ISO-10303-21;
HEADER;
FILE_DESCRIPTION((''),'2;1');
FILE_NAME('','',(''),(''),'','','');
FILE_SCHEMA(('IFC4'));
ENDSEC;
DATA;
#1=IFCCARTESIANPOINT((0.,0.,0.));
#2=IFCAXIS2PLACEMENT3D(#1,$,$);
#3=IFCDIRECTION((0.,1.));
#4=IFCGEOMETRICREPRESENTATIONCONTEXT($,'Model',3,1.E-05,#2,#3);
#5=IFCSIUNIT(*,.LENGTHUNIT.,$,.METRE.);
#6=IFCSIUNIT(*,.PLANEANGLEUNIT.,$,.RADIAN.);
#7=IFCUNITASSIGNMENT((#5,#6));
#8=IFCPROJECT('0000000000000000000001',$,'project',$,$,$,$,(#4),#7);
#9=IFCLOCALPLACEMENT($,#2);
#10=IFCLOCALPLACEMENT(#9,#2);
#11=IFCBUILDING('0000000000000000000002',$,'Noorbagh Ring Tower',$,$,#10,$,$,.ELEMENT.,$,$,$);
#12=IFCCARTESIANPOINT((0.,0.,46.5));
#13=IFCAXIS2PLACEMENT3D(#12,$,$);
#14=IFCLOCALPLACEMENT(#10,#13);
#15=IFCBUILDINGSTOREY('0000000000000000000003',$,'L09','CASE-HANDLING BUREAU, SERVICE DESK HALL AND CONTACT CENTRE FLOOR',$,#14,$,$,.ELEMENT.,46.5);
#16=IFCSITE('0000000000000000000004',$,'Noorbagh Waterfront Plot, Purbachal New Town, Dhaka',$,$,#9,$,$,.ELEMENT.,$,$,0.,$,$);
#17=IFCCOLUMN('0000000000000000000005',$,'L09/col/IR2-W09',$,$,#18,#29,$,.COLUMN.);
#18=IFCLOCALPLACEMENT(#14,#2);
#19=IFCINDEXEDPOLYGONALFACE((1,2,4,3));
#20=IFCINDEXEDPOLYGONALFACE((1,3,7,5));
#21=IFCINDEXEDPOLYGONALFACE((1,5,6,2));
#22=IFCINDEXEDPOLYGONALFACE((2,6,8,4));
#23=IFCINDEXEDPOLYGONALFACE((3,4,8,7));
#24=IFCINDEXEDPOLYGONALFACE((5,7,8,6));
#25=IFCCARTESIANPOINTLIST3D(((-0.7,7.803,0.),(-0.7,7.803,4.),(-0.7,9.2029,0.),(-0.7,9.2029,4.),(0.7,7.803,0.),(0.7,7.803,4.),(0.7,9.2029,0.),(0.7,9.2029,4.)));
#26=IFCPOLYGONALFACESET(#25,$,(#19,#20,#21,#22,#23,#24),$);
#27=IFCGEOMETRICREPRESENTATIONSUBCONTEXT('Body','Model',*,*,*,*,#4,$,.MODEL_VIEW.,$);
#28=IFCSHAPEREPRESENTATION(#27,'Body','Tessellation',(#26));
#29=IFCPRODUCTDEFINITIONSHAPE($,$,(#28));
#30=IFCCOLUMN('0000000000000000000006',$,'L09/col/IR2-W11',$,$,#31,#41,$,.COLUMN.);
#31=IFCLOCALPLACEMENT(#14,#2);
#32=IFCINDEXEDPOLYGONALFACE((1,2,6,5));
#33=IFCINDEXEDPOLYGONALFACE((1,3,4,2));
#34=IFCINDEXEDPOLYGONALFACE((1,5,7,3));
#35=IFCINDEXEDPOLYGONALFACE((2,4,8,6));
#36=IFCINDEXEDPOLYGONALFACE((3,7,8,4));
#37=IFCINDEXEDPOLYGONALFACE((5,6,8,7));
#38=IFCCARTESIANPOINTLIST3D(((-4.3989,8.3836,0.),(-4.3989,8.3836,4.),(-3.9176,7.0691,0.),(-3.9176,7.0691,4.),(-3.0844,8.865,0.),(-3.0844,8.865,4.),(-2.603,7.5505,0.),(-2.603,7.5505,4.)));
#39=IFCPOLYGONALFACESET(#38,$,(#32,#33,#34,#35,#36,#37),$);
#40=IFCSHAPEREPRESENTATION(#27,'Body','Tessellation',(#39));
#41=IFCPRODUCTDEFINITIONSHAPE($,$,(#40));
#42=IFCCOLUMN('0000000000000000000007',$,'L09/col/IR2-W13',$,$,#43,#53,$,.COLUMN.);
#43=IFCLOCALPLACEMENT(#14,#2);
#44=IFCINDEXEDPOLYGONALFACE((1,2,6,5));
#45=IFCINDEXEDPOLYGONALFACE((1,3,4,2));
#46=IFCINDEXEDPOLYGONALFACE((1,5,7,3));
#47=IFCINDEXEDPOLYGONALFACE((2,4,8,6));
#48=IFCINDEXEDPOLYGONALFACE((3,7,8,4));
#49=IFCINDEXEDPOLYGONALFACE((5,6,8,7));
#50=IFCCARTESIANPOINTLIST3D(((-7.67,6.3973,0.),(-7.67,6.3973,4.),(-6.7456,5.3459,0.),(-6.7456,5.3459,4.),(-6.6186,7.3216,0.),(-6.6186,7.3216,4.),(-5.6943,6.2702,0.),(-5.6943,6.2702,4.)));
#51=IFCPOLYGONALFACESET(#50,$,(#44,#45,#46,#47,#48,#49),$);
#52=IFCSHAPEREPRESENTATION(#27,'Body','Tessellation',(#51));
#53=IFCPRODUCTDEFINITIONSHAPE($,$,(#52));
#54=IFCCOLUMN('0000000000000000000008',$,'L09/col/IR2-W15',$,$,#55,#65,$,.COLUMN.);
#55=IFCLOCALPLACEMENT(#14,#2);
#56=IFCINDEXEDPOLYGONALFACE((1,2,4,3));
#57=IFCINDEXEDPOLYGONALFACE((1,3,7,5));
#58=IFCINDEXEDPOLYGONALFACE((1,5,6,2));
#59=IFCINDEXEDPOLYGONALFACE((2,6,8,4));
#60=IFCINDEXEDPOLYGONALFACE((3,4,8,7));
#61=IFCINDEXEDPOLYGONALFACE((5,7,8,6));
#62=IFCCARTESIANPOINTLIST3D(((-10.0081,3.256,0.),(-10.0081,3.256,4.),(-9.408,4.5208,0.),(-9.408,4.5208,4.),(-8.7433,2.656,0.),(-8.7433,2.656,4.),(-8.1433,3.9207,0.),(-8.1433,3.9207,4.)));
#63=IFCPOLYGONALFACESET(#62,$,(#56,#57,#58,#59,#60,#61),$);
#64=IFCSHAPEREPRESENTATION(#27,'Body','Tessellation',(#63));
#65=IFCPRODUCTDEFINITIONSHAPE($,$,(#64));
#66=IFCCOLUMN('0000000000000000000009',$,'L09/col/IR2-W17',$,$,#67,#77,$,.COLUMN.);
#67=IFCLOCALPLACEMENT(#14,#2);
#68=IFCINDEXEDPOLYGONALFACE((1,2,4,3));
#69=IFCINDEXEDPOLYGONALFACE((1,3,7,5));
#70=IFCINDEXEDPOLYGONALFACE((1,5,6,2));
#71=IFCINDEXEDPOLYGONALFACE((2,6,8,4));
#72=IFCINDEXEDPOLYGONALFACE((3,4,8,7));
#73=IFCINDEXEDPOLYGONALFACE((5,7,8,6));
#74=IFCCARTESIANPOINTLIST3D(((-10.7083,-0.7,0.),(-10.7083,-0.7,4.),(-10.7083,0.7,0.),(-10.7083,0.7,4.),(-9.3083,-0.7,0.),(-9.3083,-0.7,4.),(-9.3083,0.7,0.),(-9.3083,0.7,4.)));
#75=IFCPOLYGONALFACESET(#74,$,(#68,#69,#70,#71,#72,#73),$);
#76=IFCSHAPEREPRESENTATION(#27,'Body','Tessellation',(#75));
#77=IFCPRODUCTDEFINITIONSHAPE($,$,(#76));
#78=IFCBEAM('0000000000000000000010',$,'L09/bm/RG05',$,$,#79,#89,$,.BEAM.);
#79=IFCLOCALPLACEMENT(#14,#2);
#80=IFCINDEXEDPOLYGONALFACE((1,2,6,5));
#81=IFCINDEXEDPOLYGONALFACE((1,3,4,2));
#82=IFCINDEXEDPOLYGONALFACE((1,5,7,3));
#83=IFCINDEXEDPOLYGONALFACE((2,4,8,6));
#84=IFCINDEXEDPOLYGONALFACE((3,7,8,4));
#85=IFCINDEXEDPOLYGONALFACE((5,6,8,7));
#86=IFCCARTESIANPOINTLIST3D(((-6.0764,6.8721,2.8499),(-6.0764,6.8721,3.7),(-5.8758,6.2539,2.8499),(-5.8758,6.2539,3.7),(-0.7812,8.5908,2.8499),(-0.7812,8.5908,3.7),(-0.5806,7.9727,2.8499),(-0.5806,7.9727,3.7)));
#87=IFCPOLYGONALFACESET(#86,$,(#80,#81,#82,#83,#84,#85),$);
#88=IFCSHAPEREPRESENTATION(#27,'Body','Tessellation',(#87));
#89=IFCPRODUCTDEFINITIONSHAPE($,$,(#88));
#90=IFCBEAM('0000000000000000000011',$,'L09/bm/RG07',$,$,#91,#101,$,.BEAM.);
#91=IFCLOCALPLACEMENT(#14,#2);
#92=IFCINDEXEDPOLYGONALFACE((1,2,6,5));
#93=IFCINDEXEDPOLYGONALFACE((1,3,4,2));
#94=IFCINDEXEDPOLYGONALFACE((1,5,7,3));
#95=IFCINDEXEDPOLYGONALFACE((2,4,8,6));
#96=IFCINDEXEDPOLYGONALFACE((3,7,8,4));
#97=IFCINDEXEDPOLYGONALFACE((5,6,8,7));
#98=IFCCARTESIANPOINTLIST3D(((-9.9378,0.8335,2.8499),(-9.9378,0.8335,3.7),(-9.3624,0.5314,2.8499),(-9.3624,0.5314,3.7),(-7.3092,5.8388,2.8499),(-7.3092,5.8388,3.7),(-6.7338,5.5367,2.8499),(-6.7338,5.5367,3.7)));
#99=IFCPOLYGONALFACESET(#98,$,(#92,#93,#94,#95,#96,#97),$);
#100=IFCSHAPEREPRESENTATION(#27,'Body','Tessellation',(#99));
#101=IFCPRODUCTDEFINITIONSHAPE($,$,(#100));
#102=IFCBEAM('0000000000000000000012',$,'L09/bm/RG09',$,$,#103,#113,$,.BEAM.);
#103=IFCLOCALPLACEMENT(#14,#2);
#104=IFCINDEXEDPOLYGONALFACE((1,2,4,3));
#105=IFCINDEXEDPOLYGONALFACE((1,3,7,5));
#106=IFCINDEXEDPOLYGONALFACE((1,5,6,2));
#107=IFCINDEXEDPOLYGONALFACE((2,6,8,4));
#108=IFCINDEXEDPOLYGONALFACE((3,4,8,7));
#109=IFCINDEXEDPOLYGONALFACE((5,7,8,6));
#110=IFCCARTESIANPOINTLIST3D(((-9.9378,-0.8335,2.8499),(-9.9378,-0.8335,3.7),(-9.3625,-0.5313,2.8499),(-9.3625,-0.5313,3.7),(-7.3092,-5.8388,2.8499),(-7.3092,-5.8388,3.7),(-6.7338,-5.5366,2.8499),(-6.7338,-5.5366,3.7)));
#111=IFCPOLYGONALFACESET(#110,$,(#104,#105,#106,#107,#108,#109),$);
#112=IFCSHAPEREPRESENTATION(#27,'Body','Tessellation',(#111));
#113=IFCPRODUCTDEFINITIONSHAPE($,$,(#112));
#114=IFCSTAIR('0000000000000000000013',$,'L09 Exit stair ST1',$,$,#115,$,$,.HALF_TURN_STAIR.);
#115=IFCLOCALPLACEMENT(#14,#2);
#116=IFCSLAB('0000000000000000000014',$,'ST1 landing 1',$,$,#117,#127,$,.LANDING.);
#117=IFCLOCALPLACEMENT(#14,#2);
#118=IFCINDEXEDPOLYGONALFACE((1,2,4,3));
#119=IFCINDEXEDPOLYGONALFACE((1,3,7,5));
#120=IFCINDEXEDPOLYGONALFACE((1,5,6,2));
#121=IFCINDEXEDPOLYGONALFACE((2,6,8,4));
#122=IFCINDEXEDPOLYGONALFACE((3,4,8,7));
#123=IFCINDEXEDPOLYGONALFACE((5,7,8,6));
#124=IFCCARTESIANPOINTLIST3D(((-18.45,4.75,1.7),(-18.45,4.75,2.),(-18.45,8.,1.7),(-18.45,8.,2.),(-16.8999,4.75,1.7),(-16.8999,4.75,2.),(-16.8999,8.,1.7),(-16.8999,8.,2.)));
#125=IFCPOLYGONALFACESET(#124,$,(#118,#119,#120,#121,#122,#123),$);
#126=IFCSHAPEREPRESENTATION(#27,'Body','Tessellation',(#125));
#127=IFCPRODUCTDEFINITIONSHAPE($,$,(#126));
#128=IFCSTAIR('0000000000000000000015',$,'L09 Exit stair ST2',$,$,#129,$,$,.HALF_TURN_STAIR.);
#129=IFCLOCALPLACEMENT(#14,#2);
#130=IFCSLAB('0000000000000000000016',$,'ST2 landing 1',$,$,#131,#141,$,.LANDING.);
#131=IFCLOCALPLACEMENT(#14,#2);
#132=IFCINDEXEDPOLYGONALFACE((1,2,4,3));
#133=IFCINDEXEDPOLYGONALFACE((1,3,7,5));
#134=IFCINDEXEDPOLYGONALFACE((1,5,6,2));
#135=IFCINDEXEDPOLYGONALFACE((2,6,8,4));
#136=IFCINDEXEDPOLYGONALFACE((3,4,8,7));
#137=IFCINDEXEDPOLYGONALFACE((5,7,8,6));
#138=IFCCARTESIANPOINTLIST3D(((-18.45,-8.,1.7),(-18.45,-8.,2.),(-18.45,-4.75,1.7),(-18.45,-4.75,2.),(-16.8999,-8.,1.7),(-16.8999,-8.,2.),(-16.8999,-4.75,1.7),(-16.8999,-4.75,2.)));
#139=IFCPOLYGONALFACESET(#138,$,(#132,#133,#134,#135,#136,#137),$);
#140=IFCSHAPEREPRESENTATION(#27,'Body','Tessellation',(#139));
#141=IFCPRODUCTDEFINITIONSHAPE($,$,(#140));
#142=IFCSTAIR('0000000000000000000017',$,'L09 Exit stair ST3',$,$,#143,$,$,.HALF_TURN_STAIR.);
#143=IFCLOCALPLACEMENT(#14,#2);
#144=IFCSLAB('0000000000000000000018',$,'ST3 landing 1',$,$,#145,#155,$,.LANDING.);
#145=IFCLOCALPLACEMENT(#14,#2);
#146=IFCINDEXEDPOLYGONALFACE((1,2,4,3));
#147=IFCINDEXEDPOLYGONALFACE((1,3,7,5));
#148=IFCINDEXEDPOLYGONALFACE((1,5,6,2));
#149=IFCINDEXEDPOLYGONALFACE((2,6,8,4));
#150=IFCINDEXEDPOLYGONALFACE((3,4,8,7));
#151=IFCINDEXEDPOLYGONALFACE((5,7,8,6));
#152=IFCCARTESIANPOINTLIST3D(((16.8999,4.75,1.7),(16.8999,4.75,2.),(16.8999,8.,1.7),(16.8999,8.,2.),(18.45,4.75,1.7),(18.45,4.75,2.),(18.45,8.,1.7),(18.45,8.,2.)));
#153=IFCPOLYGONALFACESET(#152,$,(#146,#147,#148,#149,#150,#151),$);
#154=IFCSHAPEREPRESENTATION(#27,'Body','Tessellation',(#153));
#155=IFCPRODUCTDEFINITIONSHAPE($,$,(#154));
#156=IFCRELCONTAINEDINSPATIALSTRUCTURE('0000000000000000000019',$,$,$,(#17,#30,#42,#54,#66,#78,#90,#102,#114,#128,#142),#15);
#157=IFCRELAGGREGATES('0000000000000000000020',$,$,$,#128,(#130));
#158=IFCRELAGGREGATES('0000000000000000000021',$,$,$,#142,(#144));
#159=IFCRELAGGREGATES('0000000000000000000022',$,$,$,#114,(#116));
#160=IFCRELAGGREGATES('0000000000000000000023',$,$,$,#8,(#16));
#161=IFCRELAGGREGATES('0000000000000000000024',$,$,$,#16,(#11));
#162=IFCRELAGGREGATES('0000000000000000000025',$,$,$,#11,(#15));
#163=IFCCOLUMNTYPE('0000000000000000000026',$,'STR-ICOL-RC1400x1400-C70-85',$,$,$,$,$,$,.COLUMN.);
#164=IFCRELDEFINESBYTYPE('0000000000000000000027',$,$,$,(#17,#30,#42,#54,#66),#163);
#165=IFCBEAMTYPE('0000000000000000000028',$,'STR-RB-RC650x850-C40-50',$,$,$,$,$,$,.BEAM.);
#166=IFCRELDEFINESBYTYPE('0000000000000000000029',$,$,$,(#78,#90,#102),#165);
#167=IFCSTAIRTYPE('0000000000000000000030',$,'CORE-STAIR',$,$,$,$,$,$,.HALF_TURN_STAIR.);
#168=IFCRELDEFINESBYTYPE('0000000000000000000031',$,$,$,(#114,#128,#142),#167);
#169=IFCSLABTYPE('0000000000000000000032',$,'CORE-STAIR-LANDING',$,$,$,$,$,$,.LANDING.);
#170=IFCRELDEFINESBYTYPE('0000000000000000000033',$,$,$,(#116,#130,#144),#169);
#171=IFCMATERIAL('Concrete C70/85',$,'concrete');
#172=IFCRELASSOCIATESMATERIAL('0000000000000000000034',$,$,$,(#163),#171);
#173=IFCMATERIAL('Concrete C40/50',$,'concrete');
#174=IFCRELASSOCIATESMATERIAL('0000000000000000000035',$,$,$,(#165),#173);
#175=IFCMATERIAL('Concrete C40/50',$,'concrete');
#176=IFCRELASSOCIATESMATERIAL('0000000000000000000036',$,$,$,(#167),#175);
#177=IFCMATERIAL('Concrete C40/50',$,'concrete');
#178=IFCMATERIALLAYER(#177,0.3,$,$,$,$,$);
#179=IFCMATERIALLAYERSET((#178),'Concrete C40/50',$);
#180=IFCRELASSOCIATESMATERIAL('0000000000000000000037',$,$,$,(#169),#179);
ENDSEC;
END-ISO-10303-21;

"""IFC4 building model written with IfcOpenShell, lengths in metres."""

from ifc_helpers import new_model, si_unit, direction, frame, origin, origin_2d, place, context, subcontext, project, spatial, polyline, rectangle, outline, extrude, material, layer, layer_set, material_profile, profile_set, type_object, element, aggregate, save


model = new_model("IFC4")

# Units and contexts
model_context = context("Model", 3, precision=1e-05, world=origin(), true_north=direction((0.0, 1.0)))
body_context = subcontext(model_context, "Body", "Model", "MODEL_VIEW")
ifc_project = project(units=[si_unit("LENGTHUNIT", "METRE"), si_unit("PLANEANGLEUNIT", "RADIAN")], contexts=[model_context])

# Site, building, storey
site_placement = place(None, origin())
site = spatial("IfcSite", under=ifc_project, at=site_placement, Name="Noorbagh Waterfront Plot, Purbachal New Town, Dhaka", CompositionType="ELEMENT", RefElevation=0.0)
building_placement = place(site_placement, origin())
building = spatial("IfcBuilding", under=site, at=building_placement, Name="Noorbagh Ring Tower", CompositionType="ELEMENT")
storey_placement = place(building_placement, frame((0.0, 0.0, 46.5)))
storey = spatial("IfcBuildingStorey", under=building, at=storey_placement, Name="L09", Description="CASE-HANDLING BUREAU, SERVICE DESK HALL AND CONTACT CENTRE FLOOR", CompositionType="ELEMENT", Elevation=46.5)

# Columns
ifc_material_1 = material(Name="Concrete C70/85", Category="concrete")
ifc_material_profile_1 = material_profile(ifc_material_1, rectangle(XDim=1.3999, YDim=1.3999, at=origin_2d()), Name="RC1400x1400")
ifc_profile_set_1 = profile_set([ifc_material_profile_1], Name="Concrete C70/85")
column_type = type_object("IfcColumnType", Name="STR-ICOL-RC1400x1400-C70-85", PredefinedType="COLUMN", material=ifc_profile_set_1)
for number, where, z_axis, x_axis, name in (
    (1, (0.0, 8.5029, 0.0), (0.0, 0.0, 1.0), (-1.0, 0.0, 0.0), "L09/col/IR2-W09"),
    (2, (-3.501, 7.967, 0.0), (0.0, 0.0, 1.0), (-0.93902, -0.343864, 0.0), "L09/col/IR2-W11"),
    (3, (-6.6821, 6.3337, 0.0), (0.0, 0.0, 1.0), (-0.751022, -0.660277, 0.0), "L09/col/IR2-W13"),
    (4, (-9.0757, 3.5884, 0.0), (0.0, 0.0, 1.0), (-0.428667, -0.903463, 0.0), "L09/col/IR2-W15"),
    (5, (-10.0083, 0.0, 0.0), (0.0, 0.0, 1.0), (0.0, -1.0, 0.0), "L09/col/IR2-W17"),
):
    element("IfcColumn", number, at=place(storey_placement, frame(where, z_axis=z_axis, x_axis=x_axis)), inside=storey, type_object=column_type, Name=name, PredefinedType="COLUMN", context=body_context, shape_type="SweptSolid", body=[
        extrude(rectangle(XDim=1.3999, YDim=1.3999, at=origin_2d()), origin(), (0.0, 0.0, 1.0), 4.0),
    ])

# Beams
ifc_material_2 = material(Name="Concrete C40/50", Category="concrete")
ifc_material_profile_2 = material_profile(ifc_material_2, rectangle(XDim=0.6499, YDim=0.8501, at=origin_2d()), Name="RC650x850")
ifc_profile_set_2 = profile_set([ifc_material_profile_2], Name="Concrete C40/50")
beam_type = type_object("IfcBeamType", Name="STR-RB-RC650x850-C40-50", PredefinedType="BEAM", material=ifc_profile_set_2)
beam_placement = place(storey_placement, frame((-0.6809, 8.2817, 3.2749), z_axis=(-0.951149, -0.308732, 0.0), x_axis=(0.308732, -0.951149, 0.0)))
element("IfcBeam", 6, at=beam_placement, inside=storey, type_object=beam_type, Name="L09/bm/RG05", PredefinedType="BEAM", context=body_context, shape_type="SweptSolid", body=[
    extrude(rectangle(XDim=0.6499, YDim=0.8501, at=origin_2d()), origin(), (0.0, 0.0, 1.0), 5.5671),
])
for number, where, z_axis, x_axis, name in (
    (7, (-7.0215, 5.6877, 3.2749), (-0.464951, -0.885337, 0.0), (0.885337, -0.464951, 0.0), "L09/bm/RG07"),
    (8, (-9.6501, -0.6824, 3.2749), (0.464951, -0.885337, 0.0), (0.885337, 0.464951, 0.0), "L09/bm/RG09"),
):
    element("IfcBeam", number, at=place(storey_placement, frame(where, z_axis=z_axis, x_axis=x_axis)), inside=storey, type_object=beam_type, Name=name, PredefinedType="BEAM", context=body_context, shape_type="SweptSolid", body=[
        extrude(rectangle(XDim=0.6499, YDim=0.8501, at=origin_2d()), origin(), (0.0, 0.0, 1.0), 5.6536),
    ])

# Stairs, slabs
ifc_material_3 = material(Name="Concrete C40/50", Category="concrete")
stair_type = type_object("IfcStairType", Name="CORE-STAIR", PredefinedType="HALF_TURN_STAIR", material=ifc_material_3)
stair_1_placement = place(storey_placement, origin())
stair_1 = element("IfcStair", 9, at=stair_1_placement, inside=storey, type_object=stair_type, Name="L09 Exit stair ST1", PredefinedType="HALF_TURN_STAIR")
ifc_material_4 = material(Name="Concrete C40/50", Category="concrete")
ifc_layer_1 = layer(ifc_material_4, 0.3)
ifc_layer_set_1 = layer_set([ifc_layer_1], Name="Concrete C40/50")
slab_type_1 = type_object("IfcSlabType", Name="CORE-STAIR-LANDING", PredefinedType="LANDING", material=ifc_layer_set_1)
slab_1_placement = place(storey_placement, frame((0.0, 0.0, 1.7)))
slab_1 = element("IfcSlab", 10, at=slab_1_placement, type_object=slab_type_1, Name="ST1 landing 1", PredefinedType="LANDING", context=body_context, shape_type="SweptSolid", body=[
    extrude(outline(polyline([(-18.45, 4.75), (-16.8999, 4.75), (-16.8999, 8.0), (-18.45, 8.0), (-18.45, 4.75)])), origin(), (0.0, 0.0, 1.0), 0.3),
])
stair_2_placement = place(storey_placement, origin())
stair_2 = element("IfcStair", 11, at=stair_2_placement, inside=storey, type_object=stair_type, Name="L09 Exit stair ST2", PredefinedType="HALF_TURN_STAIR")
slab_2_placement = place(storey_placement, frame((0.0, 0.0, 1.7)))
slab_2 = element("IfcSlab", 12, at=slab_2_placement, type_object=slab_type_1, Name="ST2 landing 1", PredefinedType="LANDING", context=body_context, shape_type="SweptSolid", body=[
    extrude(outline(polyline([(-18.45, -8.0), (-16.8999, -8.0), (-16.8999, -4.75), (-18.45, -4.75), (-18.45, -8.0)])), origin(), (0.0, 0.0, 1.0), 0.3),
])
aggregate(stair_2, [slab_2])
stair_3_placement = place(storey_placement, origin())
stair_3 = element("IfcStair", 13, at=stair_3_placement, inside=storey, type_object=stair_type, Name="L09 Exit stair ST3", PredefinedType="HALF_TURN_STAIR")
slab_3_placement = place(storey_placement, frame((0.0, 0.0, 1.7)))
slab_3 = element("IfcSlab", 14, at=slab_3_placement, type_object=slab_type_1, Name="ST3 landing 1", PredefinedType="LANDING", context=body_context, shape_type="SweptSolid", body=[
    extrude(outline(polyline([(18.45, 8.0), (16.8999, 8.0), (16.8999, 4.75), (18.45, 4.75), (18.45, 8.0)])), origin(), (0.0, 0.0, 1.0), 0.3),
])
aggregate(stair_3, [slab_3])

aggregate(stair_1, [slab_1])

save(model, "model.ifc")
